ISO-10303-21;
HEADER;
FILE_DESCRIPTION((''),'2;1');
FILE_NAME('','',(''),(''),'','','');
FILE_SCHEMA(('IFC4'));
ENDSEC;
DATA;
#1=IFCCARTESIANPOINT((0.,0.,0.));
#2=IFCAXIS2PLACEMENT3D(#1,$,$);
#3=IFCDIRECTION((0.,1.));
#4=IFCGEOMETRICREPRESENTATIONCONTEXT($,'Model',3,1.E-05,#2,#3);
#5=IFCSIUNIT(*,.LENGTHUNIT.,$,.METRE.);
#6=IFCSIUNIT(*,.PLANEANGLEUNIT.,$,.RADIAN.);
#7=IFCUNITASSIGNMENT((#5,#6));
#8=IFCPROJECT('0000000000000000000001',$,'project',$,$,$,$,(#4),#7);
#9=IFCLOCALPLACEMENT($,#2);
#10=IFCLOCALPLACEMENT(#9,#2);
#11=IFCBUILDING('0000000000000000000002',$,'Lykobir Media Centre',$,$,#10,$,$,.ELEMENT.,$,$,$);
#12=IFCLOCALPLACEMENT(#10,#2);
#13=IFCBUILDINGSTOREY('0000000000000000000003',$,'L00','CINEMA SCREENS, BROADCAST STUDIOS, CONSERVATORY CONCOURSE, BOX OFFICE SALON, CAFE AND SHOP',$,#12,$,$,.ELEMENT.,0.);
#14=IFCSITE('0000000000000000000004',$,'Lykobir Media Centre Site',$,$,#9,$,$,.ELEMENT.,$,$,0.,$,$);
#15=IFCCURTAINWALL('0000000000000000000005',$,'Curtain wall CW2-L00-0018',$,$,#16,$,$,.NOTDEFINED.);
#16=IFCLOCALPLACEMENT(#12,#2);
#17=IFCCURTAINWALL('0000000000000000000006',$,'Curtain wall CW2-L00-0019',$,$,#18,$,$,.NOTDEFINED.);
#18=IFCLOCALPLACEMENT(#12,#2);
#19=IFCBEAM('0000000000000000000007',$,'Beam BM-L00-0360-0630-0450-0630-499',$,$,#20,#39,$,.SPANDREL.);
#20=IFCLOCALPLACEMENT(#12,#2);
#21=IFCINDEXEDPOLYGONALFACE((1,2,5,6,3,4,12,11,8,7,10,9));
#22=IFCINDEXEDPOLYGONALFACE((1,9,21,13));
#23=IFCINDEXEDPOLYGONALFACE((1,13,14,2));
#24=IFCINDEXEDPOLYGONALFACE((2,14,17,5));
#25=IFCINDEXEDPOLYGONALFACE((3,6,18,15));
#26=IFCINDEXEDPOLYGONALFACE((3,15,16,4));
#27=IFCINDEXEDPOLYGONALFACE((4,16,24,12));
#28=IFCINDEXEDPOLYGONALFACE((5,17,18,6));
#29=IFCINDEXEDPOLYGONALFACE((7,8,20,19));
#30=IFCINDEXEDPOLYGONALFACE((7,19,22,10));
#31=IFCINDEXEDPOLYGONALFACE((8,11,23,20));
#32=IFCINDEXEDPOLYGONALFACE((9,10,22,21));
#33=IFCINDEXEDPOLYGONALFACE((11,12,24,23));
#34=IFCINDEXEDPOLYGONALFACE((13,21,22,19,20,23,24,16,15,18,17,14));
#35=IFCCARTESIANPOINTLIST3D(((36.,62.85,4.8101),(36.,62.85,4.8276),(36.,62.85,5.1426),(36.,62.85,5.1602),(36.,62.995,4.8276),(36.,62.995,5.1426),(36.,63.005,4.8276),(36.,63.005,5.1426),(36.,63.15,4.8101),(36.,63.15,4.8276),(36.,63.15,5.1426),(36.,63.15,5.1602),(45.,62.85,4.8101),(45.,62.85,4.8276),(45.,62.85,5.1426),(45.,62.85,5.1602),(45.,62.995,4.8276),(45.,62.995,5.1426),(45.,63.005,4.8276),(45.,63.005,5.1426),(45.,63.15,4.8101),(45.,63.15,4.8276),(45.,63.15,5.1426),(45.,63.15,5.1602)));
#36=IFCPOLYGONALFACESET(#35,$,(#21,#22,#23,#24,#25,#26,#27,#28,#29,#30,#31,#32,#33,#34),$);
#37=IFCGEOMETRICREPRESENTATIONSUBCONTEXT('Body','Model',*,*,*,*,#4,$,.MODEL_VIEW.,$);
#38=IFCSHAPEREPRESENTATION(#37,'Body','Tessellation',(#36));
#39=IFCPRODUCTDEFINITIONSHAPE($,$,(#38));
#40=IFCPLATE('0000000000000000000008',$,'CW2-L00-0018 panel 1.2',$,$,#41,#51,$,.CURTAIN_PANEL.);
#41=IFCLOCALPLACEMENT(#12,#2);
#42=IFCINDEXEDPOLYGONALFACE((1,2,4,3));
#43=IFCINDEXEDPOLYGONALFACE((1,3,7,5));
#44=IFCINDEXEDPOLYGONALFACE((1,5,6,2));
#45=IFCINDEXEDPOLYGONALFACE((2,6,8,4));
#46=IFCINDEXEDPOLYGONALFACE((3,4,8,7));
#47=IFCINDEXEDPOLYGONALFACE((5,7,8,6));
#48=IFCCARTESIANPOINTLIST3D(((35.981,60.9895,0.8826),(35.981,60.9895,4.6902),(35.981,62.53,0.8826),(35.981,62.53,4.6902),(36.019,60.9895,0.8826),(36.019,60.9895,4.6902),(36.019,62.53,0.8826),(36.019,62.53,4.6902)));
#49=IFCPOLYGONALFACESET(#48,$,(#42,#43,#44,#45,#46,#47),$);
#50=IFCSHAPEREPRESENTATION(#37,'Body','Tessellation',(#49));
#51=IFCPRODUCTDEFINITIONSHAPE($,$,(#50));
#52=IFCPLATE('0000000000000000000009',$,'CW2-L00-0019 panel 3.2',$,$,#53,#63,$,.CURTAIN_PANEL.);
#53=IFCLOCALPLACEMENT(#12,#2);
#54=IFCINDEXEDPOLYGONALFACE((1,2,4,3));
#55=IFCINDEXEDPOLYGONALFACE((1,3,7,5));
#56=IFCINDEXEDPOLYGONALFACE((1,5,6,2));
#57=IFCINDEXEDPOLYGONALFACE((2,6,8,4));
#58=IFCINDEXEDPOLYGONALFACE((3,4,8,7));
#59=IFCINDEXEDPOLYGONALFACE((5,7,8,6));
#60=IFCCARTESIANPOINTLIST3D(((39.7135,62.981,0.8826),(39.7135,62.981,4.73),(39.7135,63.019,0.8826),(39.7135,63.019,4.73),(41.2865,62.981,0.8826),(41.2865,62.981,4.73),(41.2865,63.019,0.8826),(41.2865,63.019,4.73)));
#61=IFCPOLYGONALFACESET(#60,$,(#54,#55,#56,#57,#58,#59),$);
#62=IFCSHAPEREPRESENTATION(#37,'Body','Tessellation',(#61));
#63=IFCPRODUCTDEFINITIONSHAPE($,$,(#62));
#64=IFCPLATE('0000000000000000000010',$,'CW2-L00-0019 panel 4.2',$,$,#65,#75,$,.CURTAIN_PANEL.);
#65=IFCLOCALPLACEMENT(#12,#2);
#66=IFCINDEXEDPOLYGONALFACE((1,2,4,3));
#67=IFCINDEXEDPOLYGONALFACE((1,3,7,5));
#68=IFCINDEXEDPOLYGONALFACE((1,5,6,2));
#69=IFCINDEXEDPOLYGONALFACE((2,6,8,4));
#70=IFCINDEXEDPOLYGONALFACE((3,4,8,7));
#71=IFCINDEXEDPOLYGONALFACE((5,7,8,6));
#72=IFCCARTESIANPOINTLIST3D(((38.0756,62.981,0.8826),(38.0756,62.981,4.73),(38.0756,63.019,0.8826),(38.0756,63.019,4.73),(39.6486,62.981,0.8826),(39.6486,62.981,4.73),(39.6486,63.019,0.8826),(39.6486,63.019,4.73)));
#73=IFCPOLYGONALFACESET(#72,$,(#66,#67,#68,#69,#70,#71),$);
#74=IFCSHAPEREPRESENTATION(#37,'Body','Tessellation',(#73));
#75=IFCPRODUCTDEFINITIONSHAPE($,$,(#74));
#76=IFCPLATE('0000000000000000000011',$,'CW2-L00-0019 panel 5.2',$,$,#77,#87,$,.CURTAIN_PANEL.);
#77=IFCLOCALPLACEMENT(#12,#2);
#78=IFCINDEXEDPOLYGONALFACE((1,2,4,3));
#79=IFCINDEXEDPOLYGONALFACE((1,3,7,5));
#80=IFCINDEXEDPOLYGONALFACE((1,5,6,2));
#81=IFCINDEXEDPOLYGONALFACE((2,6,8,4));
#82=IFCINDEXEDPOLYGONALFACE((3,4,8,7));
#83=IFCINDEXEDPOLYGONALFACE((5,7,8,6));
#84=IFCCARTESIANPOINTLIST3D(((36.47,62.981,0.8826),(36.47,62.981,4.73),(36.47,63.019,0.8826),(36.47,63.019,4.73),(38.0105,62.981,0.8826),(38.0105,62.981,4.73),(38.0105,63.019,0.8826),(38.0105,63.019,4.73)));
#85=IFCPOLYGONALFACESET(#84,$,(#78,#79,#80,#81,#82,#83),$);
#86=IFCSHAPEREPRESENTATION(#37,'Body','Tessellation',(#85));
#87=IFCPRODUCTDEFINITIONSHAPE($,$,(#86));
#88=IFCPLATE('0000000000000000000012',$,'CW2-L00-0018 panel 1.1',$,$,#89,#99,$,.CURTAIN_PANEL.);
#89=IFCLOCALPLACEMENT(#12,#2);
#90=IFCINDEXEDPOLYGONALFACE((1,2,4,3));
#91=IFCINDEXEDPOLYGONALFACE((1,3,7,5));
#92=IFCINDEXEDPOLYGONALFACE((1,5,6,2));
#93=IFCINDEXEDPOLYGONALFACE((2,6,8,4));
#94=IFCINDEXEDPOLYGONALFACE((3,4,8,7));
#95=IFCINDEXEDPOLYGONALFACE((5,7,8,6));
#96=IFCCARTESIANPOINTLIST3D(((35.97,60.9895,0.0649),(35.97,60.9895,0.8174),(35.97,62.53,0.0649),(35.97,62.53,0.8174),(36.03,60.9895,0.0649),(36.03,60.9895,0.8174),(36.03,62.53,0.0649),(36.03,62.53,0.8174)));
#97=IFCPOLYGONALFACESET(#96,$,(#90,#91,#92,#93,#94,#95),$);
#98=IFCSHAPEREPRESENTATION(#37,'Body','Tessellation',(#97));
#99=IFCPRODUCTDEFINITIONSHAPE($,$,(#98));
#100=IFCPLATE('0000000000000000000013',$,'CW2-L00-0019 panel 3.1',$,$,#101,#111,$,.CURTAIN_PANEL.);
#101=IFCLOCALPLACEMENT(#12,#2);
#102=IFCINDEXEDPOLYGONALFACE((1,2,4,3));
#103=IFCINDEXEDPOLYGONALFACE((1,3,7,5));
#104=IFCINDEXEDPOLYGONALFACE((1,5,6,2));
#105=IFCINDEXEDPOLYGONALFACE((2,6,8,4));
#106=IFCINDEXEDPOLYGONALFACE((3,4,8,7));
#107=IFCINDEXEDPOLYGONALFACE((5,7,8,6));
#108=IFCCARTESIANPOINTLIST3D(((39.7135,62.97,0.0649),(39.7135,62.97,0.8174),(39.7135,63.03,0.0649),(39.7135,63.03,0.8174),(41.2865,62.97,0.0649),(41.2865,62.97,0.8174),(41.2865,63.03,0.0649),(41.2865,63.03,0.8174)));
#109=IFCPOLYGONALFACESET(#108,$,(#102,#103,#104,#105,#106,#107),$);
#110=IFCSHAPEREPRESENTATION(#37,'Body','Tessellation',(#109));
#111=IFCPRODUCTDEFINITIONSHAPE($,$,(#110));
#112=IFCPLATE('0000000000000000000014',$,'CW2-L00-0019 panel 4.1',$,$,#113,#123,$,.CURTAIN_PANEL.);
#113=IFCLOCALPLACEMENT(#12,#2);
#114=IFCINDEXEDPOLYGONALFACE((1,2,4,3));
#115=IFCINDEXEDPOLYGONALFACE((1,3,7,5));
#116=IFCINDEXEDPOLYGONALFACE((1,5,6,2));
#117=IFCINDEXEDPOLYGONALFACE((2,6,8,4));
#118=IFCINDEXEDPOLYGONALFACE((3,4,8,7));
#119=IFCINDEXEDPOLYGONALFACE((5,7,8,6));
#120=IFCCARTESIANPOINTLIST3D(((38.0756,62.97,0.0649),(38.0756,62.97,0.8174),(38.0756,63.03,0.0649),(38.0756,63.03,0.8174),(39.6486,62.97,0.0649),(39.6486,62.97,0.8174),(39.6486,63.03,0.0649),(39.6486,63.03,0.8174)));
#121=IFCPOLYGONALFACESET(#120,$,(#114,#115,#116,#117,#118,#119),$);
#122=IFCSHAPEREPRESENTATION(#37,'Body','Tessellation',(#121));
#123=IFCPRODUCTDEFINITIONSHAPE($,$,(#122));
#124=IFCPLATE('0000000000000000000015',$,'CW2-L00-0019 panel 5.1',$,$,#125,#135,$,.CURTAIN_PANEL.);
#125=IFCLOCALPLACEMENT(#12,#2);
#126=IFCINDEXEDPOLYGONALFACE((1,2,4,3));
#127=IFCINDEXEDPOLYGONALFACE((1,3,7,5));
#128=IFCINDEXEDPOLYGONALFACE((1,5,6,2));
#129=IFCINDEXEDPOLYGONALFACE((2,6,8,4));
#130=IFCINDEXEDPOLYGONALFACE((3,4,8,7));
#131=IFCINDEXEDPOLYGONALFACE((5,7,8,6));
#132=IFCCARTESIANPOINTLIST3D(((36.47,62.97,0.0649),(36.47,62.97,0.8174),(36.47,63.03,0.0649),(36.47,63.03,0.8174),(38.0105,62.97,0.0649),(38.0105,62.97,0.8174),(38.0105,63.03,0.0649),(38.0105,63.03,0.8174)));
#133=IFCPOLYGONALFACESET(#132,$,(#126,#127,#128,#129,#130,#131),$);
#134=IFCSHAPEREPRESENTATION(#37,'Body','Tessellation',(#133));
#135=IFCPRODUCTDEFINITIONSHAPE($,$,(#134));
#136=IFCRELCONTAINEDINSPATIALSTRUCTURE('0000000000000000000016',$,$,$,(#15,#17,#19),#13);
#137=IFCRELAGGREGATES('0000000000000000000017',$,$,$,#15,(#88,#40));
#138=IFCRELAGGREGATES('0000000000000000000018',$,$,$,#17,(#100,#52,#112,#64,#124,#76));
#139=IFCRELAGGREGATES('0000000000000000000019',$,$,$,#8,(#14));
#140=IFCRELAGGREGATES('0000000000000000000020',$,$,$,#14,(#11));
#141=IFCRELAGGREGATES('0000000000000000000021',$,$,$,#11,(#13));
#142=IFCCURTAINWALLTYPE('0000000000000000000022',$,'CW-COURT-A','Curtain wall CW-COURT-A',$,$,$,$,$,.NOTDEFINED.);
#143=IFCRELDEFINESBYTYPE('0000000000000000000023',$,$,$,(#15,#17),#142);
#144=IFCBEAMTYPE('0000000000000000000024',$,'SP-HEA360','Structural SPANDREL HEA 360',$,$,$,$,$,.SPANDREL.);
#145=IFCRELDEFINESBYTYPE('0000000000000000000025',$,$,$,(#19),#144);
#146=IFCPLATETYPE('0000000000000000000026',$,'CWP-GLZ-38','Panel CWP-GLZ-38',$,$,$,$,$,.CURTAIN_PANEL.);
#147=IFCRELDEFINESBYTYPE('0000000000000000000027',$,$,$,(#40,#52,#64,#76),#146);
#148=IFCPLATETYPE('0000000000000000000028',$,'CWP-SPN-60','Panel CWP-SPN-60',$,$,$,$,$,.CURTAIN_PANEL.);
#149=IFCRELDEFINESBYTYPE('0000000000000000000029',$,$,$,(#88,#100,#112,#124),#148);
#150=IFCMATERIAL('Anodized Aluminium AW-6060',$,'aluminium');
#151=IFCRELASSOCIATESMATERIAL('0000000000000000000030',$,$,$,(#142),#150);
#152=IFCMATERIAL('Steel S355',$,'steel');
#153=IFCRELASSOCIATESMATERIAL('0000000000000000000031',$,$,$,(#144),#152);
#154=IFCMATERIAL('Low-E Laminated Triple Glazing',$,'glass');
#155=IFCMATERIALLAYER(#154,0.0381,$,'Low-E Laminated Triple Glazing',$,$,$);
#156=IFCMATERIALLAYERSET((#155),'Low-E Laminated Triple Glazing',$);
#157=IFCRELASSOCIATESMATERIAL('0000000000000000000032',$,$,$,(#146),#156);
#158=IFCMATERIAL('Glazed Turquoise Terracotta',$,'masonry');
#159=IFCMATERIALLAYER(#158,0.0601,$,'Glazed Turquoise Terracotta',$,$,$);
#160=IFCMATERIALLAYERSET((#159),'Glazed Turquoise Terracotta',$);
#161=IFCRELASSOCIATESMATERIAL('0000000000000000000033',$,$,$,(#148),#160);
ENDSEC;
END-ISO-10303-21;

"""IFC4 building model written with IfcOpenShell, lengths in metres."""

from ifc_helpers import new_model, si_unit, direction, frame, origin, origin_2d, place, context, subcontext, project, spatial, rectangle, i_section, extrude, material, layer, layer_set, material_profile, profile_set, type_object, element, aggregate, save


model = new_model("IFC4")

# Units and contexts
model_context = context("Model", 3, precision=1e-05, world=origin(), true_north=direction((0.0, 1.0)))
body_context = subcontext(model_context, "Body", "Model", "MODEL_VIEW")
ifc_project = project(units=[si_unit("LENGTHUNIT", "METRE"), si_unit("PLANEANGLEUNIT", "RADIAN")], contexts=[model_context])

# Site, building, storey
site_placement = place(None, origin())
site = spatial("IfcSite", under=ifc_project, at=site_placement, Name="Lykobir Media Centre Site", CompositionType="ELEMENT", RefElevation=0.0)
building_placement = place(site_placement, origin())
building = spatial("IfcBuilding", under=site, at=building_placement, Name="Lykobir Media Centre", CompositionType="ELEMENT")
storey_placement = place(building_placement, origin())
storey = spatial("IfcBuildingStorey", under=building, at=storey_placement, Name="L00", Description="CINEMA SCREENS, BROADCAST STUDIOS, CONSERVATORY CONCOURSE, BOX OFFICE SALON, CAFE AND SHOP", CompositionType="ELEMENT", Elevation=0.0)

# Shared definitions
ifc_material_1 = material(Name="Steel S355", Category="steel")

# Curtain walls
ifc_material_2 = material(Name="Anodized Aluminium AW-6060", Category="aluminium")
curtain_wall_type = type_object("IfcCurtainWallType", Name="CW-COURT-A", Description="Curtain wall CW-COURT-A", PredefinedType="NOTDEFINED", material=ifc_material_2)
curtain_wall_1_placement = place(storey_placement, origin())
curtain_wall_1 = element("IfcCurtainWall", 1, at=curtain_wall_1_placement, inside=storey, type_object=curtain_wall_type, Name="Curtain wall CW2-L00-0018", PredefinedType="NOTDEFINED")
curtain_wall_2_placement = place(storey_placement, origin())
curtain_wall_2 = element("IfcCurtainWall", 2, at=curtain_wall_2_placement, inside=storey, type_object=curtain_wall_type, Name="Curtain wall CW2-L00-0019", PredefinedType="NOTDEFINED")

# Beam
ifc_material_profile_1 = material_profile(ifc_material_1, i_section(OverallWidth=0.3, OverallDepth=0.3501, WebThickness=0.01, FlangeThickness=0.0176, at=origin_2d()), Name="HEA 360")
ifc_profile_set_1 = profile_set([ifc_material_profile_1], Name="Steel S355")
beam_type_1 = type_object("IfcBeamType", Name="SP-HEA360", Description="Structural SPANDREL HEA 360", PredefinedType="SPANDREL", material=ifc_profile_set_1)
beam_1_placement = place(storey_placement, frame((36.0, 63.0, 4.9851), z_axis=(1.0, 0.0, 0.0), x_axis=(0.0, 1.0, 0.0)))
element("IfcBeam", 3, at=beam_1_placement, inside=storey, type_object=beam_type_1, Name="Beam BM-L00-0360-0630-0450-0630-499", PredefinedType="SPANDREL", context=body_context, shape_type="SweptSolid", body=[
    extrude(i_section(OverallWidth=0.3, OverallDepth=0.3501, WebThickness=0.01, FlangeThickness=0.0176, at=origin_2d()), origin(), (0.0, 0.0, 1.0), 9.0),
])

# Plates
ifc_material_3 = material(Name="Low-E Laminated Triple Glazing", Category="glass")
ifc_layer_1 = layer(ifc_material_3, 0.0381, Name="Low-E Laminated Triple Glazing")
ifc_layer_set_1 = layer_set([ifc_layer_1], Name="Low-E Laminated Triple Glazing")
plate_type_1 = type_object("IfcPlateType", Name="CWP-GLZ-38", Description="Panel CWP-GLZ-38", PredefinedType="CURTAIN_PANEL", material=ifc_layer_set_1)
plate_1_placement = place(storey_placement, frame((36.0, 61.7598, 0.8826), z_axis=(0.0, 0.0, 1.0), x_axis=(0.0, -1.0, 0.0)))
plate_1 = element("IfcPlate", 4, at=plate_1_placement, type_object=plate_type_1, Name="CW2-L00-0018 panel 1.2", PredefinedType="CURTAIN_PANEL", context=body_context, shape_type="SweptSolid", body=[
    extrude(rectangle(XDim=1.5405, YDim=0.0381, at=origin_2d()), origin(), (0.0, 0.0, 1.0), 3.8076),
])
plate_2_placement = place(storey_placement, frame((40.5, 63.0, 0.8826), z_axis=(0.0, 0.0, 1.0), x_axis=(-1.0, 0.0, 0.0)))
plate_2 = element("IfcPlate", 5, at=plate_2_placement, type_object=plate_type_1, Name="CW2-L00-0019 panel 3.2", PredefinedType="CURTAIN_PANEL", context=body_context, shape_type="SweptSolid", body=[
    extrude(rectangle(XDim=1.573, YDim=0.0381, at=origin_2d()), origin(), (0.0, 0.0, 1.0), 3.8474),
])
plate_3_placement = place(storey_placement, frame((38.8621, 63.0, 0.8826), z_axis=(0.0, 0.0, 1.0), x_axis=(-1.0, 0.0, 0.0)))
plate_3 = element("IfcPlate", 6, at=plate_3_placement, type_object=plate_type_1, Name="CW2-L00-0019 panel 4.2", PredefinedType="CURTAIN_PANEL", context=body_context, shape_type="SweptSolid", body=[
    extrude(rectangle(XDim=1.573, YDim=0.0381, at=origin_2d()), origin(), (0.0, 0.0, 1.0), 3.8474),
])
plate_4_placement = place(storey_placement, frame((37.2402, 63.0, 0.8826), z_axis=(0.0, 0.0, 1.0), x_axis=(-1.0, 0.0, 0.0)))
plate_4 = element("IfcPlate", 7, at=plate_4_placement, type_object=plate_type_1, Name="CW2-L00-0019 panel 5.2", PredefinedType="CURTAIN_PANEL", context=body_context, shape_type="SweptSolid", body=[
    extrude(rectangle(XDim=1.5405, YDim=0.0381, at=origin_2d()), origin(), (0.0, 0.0, 1.0), 3.8474),
])
ifc_material_4 = material(Name="Glazed Turquoise Terracotta", Category="masonry")
ifc_layer_2 = layer(ifc_material_4, 0.0601, Name="Glazed Turquoise Terracotta")
ifc_layer_set_2 = layer_set([ifc_layer_2], Name="Glazed Turquoise Terracotta")
plate_type_2 = type_object("IfcPlateType", Name="CWP-SPN-60", Description="Panel CWP-SPN-60", PredefinedType="CURTAIN_PANEL", material=ifc_layer_set_2)
plate_5_placement = place(storey_placement, frame((36.0, 61.7598, 0.0649), z_axis=(0.0, 0.0, 1.0), x_axis=(0.0, -1.0, 0.0)))
plate_5 = element("IfcPlate", 8, at=plate_5_placement, type_object=plate_type_2, Name="CW2-L00-0018 panel 1.1", PredefinedType="CURTAIN_PANEL", context=body_context, shape_type="SweptSolid", body=[
    extrude(rectangle(XDim=1.5405, YDim=0.0601, at=origin_2d()), origin(), (0.0, 0.0, 1.0), 0.7524),
])
aggregate(curtain_wall_1, [plate_5, plate_1])
plate_6_placement = place(storey_placement, frame((40.5, 63.0, 0.0649), z_axis=(0.0, 0.0, 1.0), x_axis=(-1.0, 0.0, 0.0)))
plate_6 = element("IfcPlate", 9, at=plate_6_placement, type_object=plate_type_2, Name="CW2-L00-0019 panel 3.1", PredefinedType="CURTAIN_PANEL", context=body_context, shape_type="SweptSolid", body=[
    extrude(rectangle(XDim=1.573, YDim=0.0601, at=origin_2d()), origin(), (0.0, 0.0, 1.0), 0.7524),
])
plate_7_placement = place(storey_placement, frame((38.8621, 63.0, 0.0649), z_axis=(0.0, 0.0, 1.0), x_axis=(-1.0, 0.0, 0.0)))
plate_7 = element("IfcPlate", 10, at=plate_7_placement, type_object=plate_type_2, Name="CW2-L00-0019 panel 4.1", PredefinedType="CURTAIN_PANEL", context=body_context, shape_type="SweptSolid", body=[
    extrude(rectangle(XDim=1.573, YDim=0.0601, at=origin_2d()), origin(), (0.0, 0.0, 1.0), 0.7524),
])
plate_8_placement = place(storey_placement, frame((37.2402, 63.0, 0.0649), z_axis=(0.0, 0.0, 1.0), x_axis=(-1.0, 0.0, 0.0)))
plate_8 = element("IfcPlate", 11, at=plate_8_placement, type_object=plate_type_2, Name="CW2-L00-0019 panel 5.1", PredefinedType="CURTAIN_PANEL", context=body_context, shape_type="SweptSolid", body=[
    extrude(rectangle(XDim=1.5405, YDim=0.0601, at=origin_2d()), origin(), (0.0, 0.0, 1.0), 0.7524),
])
aggregate(curtain_wall_2, [plate_6, plate_2, plate_7, plate_3, plate_8, plate_4])

save(model, "model.ifc")
